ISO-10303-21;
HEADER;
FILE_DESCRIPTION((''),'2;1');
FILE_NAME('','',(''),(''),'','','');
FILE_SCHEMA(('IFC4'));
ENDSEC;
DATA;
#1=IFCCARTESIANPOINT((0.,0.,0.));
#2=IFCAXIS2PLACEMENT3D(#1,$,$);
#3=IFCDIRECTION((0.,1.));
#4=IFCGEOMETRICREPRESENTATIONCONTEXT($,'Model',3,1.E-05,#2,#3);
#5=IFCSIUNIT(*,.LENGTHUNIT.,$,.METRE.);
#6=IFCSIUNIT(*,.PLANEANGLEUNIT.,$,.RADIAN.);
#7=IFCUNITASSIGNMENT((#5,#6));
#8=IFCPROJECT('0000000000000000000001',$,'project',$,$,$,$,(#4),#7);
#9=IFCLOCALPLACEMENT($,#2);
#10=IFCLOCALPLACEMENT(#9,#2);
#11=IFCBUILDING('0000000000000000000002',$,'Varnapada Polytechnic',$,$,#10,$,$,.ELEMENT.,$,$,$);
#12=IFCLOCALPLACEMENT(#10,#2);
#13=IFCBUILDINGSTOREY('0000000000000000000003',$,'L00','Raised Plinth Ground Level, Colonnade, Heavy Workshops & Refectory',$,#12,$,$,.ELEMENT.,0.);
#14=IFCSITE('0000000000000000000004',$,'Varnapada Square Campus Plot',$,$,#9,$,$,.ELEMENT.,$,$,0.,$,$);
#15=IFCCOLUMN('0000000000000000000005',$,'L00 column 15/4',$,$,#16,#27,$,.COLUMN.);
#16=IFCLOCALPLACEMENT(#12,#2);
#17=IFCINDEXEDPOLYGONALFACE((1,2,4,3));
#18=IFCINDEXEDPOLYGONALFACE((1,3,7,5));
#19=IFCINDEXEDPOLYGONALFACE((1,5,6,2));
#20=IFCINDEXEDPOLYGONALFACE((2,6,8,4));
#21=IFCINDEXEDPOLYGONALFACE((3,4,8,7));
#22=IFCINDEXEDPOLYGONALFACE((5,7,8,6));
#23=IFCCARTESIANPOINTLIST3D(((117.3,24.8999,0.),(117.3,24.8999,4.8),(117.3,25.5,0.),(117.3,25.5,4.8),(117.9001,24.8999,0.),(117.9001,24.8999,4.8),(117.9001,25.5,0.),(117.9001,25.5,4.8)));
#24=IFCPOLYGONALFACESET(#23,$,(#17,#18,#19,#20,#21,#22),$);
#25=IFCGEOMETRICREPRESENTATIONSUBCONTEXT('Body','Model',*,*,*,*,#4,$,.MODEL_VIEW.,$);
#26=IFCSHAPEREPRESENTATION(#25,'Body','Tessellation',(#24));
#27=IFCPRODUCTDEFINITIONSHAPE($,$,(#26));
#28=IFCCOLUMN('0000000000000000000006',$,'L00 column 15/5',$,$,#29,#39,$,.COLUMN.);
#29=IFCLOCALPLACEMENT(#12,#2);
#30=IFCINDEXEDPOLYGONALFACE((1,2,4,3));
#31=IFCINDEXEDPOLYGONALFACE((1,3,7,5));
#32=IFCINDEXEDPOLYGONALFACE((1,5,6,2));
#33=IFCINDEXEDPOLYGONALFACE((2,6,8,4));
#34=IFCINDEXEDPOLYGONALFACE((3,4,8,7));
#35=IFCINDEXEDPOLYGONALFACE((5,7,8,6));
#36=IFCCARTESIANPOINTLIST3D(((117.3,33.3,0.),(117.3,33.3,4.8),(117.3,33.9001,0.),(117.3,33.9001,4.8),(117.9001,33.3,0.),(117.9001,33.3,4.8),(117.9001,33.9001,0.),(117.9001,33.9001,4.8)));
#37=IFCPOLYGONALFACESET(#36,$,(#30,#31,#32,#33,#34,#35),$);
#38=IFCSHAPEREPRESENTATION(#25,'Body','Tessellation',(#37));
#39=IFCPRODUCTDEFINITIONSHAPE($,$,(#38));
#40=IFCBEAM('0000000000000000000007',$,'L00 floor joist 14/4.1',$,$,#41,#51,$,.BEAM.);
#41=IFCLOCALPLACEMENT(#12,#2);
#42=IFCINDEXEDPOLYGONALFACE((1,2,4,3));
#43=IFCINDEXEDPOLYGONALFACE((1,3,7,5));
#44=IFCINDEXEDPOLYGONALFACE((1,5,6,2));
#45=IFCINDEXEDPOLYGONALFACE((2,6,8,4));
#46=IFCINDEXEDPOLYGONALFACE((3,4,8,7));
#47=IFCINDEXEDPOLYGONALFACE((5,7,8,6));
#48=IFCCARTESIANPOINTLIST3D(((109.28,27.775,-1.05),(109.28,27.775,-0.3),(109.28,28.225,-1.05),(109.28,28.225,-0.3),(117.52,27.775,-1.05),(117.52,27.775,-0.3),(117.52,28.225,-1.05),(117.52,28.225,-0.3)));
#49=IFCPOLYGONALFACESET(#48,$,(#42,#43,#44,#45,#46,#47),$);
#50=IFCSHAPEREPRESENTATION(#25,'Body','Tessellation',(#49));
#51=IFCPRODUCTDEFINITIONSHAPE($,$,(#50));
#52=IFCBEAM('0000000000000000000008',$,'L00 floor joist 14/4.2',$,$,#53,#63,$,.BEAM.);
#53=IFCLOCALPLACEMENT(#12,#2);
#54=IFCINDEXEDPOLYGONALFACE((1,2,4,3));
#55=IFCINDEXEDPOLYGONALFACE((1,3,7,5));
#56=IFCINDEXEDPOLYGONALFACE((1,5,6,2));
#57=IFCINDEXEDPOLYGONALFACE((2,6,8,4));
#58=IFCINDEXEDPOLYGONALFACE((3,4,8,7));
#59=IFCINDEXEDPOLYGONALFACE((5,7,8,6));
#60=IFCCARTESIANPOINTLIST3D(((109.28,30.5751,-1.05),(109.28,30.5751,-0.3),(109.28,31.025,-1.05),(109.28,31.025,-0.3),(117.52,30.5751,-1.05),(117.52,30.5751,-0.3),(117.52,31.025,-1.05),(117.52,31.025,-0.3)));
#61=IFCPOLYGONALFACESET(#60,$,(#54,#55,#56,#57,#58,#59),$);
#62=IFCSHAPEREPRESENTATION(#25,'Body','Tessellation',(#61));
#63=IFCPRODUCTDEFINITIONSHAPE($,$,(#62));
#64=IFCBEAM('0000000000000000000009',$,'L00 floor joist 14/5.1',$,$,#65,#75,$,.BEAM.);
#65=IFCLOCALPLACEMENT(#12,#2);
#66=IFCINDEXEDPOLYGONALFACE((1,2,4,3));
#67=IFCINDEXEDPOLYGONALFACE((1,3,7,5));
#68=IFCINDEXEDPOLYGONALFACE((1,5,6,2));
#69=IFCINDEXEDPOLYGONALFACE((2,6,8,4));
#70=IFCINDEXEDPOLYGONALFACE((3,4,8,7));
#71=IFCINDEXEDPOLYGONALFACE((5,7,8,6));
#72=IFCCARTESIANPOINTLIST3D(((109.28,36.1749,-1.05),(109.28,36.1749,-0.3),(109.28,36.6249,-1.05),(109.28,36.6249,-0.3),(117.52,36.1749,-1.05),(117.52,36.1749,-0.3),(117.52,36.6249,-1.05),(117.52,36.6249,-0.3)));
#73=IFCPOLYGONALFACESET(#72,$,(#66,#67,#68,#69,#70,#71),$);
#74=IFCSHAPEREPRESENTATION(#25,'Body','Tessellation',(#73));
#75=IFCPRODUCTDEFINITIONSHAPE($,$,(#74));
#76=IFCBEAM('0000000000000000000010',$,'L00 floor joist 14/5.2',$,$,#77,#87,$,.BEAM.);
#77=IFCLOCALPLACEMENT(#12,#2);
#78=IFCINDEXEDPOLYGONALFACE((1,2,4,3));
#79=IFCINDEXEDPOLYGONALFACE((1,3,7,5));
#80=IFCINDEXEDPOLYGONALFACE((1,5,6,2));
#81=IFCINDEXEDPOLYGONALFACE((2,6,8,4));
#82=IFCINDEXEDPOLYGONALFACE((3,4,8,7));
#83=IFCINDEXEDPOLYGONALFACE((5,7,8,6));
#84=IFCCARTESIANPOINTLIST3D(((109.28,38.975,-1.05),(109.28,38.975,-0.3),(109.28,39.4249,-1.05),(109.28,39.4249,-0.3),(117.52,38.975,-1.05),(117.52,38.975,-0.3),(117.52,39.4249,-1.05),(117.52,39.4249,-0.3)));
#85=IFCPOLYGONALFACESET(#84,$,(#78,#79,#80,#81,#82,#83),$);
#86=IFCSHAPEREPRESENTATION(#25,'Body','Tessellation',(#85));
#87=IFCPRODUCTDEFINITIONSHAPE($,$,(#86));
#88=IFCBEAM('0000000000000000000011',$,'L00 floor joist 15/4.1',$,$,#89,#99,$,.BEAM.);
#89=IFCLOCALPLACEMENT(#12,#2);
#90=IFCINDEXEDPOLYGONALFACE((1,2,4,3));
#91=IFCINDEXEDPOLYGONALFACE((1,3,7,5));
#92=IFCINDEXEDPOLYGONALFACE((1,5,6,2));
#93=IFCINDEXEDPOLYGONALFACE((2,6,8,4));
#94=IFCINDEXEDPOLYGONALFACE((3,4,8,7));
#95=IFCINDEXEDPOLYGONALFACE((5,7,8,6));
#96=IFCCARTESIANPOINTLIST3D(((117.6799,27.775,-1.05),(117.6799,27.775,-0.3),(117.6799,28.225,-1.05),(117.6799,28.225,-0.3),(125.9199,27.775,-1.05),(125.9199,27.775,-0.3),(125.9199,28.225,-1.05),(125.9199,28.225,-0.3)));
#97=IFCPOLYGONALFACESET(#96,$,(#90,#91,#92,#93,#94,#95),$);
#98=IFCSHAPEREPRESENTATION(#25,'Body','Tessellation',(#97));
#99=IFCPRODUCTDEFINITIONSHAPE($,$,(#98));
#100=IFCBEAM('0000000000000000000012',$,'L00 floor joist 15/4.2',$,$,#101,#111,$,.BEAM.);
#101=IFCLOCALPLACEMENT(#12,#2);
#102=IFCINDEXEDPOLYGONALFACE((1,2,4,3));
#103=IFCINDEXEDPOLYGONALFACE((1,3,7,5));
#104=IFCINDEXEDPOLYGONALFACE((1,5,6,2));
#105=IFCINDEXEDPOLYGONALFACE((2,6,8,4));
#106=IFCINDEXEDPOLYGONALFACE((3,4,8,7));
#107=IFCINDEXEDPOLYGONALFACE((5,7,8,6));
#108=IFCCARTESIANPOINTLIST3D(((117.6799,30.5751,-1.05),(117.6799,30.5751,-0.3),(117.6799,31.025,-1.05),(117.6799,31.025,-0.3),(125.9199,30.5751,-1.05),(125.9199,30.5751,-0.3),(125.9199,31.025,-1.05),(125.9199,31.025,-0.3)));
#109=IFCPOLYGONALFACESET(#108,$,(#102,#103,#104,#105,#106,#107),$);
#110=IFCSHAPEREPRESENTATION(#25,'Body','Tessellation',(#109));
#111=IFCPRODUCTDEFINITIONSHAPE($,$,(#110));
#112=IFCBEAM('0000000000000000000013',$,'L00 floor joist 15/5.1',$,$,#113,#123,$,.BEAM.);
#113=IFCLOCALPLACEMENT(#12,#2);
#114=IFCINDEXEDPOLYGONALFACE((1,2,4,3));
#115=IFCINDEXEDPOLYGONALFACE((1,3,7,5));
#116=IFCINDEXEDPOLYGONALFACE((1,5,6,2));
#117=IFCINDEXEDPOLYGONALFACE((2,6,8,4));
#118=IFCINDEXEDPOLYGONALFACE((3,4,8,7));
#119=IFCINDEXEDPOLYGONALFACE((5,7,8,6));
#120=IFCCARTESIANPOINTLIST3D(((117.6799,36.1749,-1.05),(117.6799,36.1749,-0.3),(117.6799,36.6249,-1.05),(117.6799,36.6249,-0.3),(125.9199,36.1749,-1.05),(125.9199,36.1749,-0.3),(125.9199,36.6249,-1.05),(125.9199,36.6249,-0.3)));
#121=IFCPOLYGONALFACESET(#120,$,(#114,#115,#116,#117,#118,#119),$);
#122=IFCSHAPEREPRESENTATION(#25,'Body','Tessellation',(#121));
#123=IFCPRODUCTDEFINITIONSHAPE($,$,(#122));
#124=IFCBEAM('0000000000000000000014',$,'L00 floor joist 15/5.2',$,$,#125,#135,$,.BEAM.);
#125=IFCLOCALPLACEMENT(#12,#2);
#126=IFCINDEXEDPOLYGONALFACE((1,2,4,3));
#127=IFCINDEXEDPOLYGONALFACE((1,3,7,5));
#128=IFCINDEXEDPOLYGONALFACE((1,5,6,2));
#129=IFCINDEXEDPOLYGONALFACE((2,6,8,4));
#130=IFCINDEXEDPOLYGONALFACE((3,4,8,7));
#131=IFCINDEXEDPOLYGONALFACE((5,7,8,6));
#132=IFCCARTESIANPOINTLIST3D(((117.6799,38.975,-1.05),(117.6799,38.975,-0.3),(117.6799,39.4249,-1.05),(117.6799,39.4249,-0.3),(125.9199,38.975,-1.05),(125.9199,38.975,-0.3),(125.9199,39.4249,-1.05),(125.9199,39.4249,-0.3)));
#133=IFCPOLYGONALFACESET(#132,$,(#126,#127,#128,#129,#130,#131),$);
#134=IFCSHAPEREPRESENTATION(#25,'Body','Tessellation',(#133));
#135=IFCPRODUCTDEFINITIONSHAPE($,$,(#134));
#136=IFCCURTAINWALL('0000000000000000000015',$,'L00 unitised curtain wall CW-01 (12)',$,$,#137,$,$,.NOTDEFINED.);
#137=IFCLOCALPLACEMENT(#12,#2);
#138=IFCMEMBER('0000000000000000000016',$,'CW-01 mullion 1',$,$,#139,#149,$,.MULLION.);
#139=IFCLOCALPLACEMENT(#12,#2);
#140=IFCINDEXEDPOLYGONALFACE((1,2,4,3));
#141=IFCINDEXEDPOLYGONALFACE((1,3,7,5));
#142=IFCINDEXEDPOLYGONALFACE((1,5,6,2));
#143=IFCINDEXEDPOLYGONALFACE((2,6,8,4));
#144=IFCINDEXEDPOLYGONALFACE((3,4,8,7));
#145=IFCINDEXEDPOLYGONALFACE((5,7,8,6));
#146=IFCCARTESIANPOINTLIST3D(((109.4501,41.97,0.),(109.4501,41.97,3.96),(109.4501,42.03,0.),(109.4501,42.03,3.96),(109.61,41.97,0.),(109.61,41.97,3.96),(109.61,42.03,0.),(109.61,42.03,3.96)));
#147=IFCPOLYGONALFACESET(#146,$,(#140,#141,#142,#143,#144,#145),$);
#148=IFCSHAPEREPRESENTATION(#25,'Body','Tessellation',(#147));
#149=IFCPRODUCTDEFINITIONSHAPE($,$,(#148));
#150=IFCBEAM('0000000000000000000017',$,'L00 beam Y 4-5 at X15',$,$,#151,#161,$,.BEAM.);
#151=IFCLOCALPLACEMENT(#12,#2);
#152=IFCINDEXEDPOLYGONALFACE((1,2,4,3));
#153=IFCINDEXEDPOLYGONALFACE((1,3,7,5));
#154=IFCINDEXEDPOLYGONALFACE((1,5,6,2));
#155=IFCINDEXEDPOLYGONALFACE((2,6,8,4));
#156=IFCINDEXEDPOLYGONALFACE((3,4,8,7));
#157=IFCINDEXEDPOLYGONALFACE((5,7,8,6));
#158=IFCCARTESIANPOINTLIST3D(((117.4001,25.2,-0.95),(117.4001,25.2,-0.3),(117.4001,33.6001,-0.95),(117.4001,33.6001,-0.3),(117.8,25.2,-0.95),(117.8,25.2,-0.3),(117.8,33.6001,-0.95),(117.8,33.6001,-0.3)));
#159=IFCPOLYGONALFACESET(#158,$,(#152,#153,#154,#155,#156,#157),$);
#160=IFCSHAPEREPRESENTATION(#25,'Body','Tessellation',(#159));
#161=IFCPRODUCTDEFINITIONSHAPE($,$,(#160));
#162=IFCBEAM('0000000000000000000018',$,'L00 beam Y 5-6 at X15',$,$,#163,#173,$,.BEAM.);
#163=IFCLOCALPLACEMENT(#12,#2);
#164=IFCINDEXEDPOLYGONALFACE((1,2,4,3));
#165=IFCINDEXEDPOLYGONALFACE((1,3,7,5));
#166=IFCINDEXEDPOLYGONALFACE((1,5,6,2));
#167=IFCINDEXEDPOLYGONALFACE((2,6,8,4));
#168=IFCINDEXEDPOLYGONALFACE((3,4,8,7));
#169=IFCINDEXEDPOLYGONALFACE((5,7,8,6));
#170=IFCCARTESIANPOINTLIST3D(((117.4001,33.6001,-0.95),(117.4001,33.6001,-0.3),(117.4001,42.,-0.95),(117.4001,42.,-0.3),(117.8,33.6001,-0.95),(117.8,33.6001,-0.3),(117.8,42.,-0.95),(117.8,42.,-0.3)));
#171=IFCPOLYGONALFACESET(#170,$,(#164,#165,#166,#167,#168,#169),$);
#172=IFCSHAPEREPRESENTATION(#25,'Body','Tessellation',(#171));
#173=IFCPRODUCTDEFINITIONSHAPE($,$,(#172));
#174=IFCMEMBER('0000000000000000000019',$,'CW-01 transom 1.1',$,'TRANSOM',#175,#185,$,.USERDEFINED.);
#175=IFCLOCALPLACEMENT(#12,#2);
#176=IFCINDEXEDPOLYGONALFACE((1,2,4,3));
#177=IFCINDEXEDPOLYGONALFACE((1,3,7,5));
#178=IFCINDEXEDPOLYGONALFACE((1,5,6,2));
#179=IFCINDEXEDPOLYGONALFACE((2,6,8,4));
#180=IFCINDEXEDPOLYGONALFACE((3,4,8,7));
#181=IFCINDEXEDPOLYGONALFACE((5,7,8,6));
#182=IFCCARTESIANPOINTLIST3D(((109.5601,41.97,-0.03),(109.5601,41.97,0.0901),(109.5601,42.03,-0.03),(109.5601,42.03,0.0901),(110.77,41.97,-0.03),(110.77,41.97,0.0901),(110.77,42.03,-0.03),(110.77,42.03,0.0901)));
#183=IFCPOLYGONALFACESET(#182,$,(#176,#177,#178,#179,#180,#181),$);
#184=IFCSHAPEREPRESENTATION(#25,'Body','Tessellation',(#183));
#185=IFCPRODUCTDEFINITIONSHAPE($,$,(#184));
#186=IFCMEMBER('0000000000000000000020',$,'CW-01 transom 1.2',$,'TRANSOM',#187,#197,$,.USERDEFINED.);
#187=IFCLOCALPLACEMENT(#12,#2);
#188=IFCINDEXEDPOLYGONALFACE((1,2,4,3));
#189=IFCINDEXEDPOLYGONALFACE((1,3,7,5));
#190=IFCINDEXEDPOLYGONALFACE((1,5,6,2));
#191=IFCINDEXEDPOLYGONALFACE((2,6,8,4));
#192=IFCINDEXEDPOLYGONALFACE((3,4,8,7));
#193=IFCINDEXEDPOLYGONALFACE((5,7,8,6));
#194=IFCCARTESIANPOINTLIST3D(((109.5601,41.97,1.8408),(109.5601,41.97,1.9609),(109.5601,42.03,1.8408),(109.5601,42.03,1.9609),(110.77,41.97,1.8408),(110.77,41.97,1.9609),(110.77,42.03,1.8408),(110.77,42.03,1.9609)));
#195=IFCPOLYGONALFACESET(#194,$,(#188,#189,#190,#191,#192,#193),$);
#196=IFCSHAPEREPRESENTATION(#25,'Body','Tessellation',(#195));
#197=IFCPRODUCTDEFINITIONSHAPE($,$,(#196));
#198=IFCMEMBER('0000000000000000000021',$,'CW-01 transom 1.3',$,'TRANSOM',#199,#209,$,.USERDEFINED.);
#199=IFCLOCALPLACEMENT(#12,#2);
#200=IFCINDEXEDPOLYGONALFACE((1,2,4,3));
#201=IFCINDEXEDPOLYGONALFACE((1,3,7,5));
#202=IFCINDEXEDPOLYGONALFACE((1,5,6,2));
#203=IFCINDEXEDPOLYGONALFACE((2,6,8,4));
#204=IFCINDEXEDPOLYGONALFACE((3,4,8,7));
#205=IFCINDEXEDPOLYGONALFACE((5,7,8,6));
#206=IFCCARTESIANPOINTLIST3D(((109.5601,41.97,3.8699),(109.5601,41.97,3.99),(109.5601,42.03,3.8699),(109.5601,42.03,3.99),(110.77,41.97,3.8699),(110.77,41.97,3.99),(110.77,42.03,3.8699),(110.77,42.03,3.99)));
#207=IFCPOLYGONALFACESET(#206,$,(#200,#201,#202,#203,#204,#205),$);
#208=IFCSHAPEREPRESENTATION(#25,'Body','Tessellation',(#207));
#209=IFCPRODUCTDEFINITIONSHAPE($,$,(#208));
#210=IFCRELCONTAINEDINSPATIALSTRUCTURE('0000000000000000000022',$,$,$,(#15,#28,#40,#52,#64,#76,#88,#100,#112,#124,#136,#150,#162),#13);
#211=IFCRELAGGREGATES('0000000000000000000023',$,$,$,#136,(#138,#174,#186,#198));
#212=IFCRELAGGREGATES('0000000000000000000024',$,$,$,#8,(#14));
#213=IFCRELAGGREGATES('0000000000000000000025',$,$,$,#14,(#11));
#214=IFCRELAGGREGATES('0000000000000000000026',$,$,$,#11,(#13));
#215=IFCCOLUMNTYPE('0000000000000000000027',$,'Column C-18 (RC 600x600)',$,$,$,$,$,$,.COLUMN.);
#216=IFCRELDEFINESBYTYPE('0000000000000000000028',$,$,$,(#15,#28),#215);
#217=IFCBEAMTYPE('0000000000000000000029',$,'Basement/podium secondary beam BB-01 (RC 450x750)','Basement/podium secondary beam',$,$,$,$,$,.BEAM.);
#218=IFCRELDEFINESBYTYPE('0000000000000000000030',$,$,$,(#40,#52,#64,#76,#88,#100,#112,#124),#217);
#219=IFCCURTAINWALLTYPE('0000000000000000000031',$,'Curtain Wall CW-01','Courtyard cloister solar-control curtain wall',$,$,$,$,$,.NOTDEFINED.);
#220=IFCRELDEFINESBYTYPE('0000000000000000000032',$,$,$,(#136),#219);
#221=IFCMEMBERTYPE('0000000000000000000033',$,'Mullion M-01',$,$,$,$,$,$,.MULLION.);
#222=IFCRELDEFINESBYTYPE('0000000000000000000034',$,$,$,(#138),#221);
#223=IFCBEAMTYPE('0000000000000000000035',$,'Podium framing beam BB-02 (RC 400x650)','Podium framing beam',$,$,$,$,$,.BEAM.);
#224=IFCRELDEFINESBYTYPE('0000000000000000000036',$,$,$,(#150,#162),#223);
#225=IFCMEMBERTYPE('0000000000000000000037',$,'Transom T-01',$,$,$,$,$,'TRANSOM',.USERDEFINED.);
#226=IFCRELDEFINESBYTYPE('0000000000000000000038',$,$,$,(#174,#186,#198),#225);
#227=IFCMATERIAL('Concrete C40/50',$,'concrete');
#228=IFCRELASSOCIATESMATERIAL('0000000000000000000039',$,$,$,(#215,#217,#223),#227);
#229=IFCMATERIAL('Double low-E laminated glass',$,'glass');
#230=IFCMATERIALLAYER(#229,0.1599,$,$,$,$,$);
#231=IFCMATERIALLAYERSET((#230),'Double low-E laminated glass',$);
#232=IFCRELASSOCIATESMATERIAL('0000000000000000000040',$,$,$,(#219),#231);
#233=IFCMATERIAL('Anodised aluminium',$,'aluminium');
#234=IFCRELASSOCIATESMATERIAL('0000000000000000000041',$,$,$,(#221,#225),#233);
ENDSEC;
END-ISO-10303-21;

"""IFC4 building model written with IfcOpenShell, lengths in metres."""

from ifc_helpers import new_model, si_unit, direction, frame, origin, origin_2d, place, context, subcontext, project, spatial, rectangle, extrude, material, layer, layer_set, material_profile, profile_set, type_object, element, aggregate, save


model = new_model("IFC4")

# Units and contexts
model_context = context("Model", 3, precision=1e-05, world=origin(), true_north=direction((0.0, 1.0)))
body_context = subcontext(model_context, "Body", "Model", "MODEL_VIEW")
ifc_project = project(units=[si_unit("LENGTHUNIT", "METRE"), si_unit("PLANEANGLEUNIT", "RADIAN")], contexts=[model_context])

# Site, building, storey
site_placement = place(None, origin())
site = spatial("IfcSite", under=ifc_project, at=site_placement, Name="Varnapada Square Campus Plot", CompositionType="ELEMENT", RefElevation=0.0)
building_placement = place(site_placement, origin())
building = spatial("IfcBuilding", under=site, at=building_placement, Name="Varnapada Polytechnic", CompositionType="ELEMENT")
storey_placement = place(building_placement, origin())
storey = spatial("IfcBuildingStorey", under=building, at=storey_placement, Name="L00", Description="Raised Plinth Ground Level, Colonnade, Heavy Workshops & Refectory", CompositionType="ELEMENT", Elevation=0.0)

# Columns
ifc_material_1 = material(Name="Concrete C40/50", Category="concrete")
ifc_material_profile_1 = material_profile(ifc_material_1, rectangle(XDim=0.6001, YDim=0.6001, at=origin_2d()), Name="RC 600x600")
ifc_profile_set_1 = profile_set([ifc_material_profile_1], Name="Concrete C40/50")
column_type = type_object("IfcColumnType", Name="Column C-18 (RC 600x600)", PredefinedType="COLUMN", material=ifc_profile_set_1)
for number, where, z_axis, x_axis, name in (
    (1, (117.6001, 25.2, 0.0), (0.0, 0.0, 1.0), (1.0, 0.0, 0.0), "L00 column 15/4"),
    (2, (117.6001, 33.6001, 0.0), (0.0, 0.0, 1.0), (1.0, 0.0, 0.0), "L00 column 15/5"),
):
    element("IfcColumn", number, at=place(storey_placement, frame(where, z_axis=z_axis, x_axis=x_axis)), inside=storey, type_object=column_type, Name=name, PredefinedType="COLUMN", context=body_context, shape_type="SweptSolid", body=[
        extrude(rectangle(XDim=0.6001, YDim=0.6001, at=origin_2d()), origin(), (0.0, 0.0, 1.0), 4.8),
    ])

# Beams
ifc_material_profile_2 = material_profile(ifc_material_1, rectangle(XDim=0.45, YDim=0.75, at=origin_2d()), Name="RC 450x750")
ifc_profile_set_2 = profile_set([ifc_material_profile_2], Name="Concrete C40/50")
beam_type_1 = type_object("IfcBeamType", Name="Basement/podium secondary beam BB-01 (RC 450x750)", Description="Basement/podium secondary beam", PredefinedType="BEAM", material=ifc_profile_set_2)
for number, where, z_axis, x_axis, name in (
    (3, (109.28, 28.0, -0.675), (1.0, 0.0, 0.0), (0.0, 1.0, 0.0), "L00 floor joist 14/4.1"),
    (4, (109.28, 30.8, -0.675), (1.0, 0.0, 0.0), (0.0, 1.0, 0.0), "L00 floor joist 14/4.2"),
    (5, (109.28, 36.3999, -0.675), (1.0, 0.0, 0.0), (0.0, 1.0, 0.0), "L00 floor joist 14/5.1"),
    (6, (109.28, 39.2, -0.675), (1.0, 0.0, 0.0), (0.0, 1.0, 0.0), "L00 floor joist 14/5.2"),
    (7, (117.6799, 28.0, -0.675), (1.0, 0.0, 0.0), (0.0, 1.0, 0.0), "L00 floor joist 15/4.1"),
    (8, (117.6799, 30.8, -0.675), (1.0, 0.0, 0.0), (0.0, 1.0, 0.0), "L00 floor joist 15/4.2"),
    (9, (117.6799, 36.3999, -0.675), (1.0, 0.0, 0.0), (0.0, 1.0, 0.0), "L00 floor joist 15/5.1"),
    (10, (117.6799, 39.2, -0.675), (1.0, 0.0, 0.0), (0.0, 1.0, 0.0), "L00 floor joist 15/5.2"),
):
    element("IfcBeam", number, at=place(storey_placement, frame(where, z_axis=z_axis, x_axis=x_axis)), inside=storey, type_object=beam_type_1, Name=name, PredefinedType="BEAM", context=body_context, shape_type="SweptSolid", body=[
        extrude(rectangle(XDim=0.45, YDim=0.75, at=origin_2d()), origin(), (0.0, 0.0, 1.0), 8.24),
    ])

# Curtain wall, member
ifc_material_2 = material(Name="Double low-E laminated glass", Category="glass")
ifc_layer_1 = layer(ifc_material_2, 0.1599)
ifc_layer_set_1 = layer_set([ifc_layer_1], Name="Double low-E laminated glass")
curtain_wall_type = type_object("IfcCurtainWallType", Name="Curtain Wall CW-01", Description="Courtyard cloister solar-control curtain wall", PredefinedType="NOTDEFINED", material=ifc_layer_set_1)
curtain_wall_placement = place(storey_placement, origin())
curtain_wall = element("IfcCurtainWall", 11, at=curtain_wall_placement, inside=storey, type_object=curtain_wall_type, Name="L00 unitised curtain wall CW-01 (12)", PredefinedType="NOTDEFINED")
ifc_material_3 = material(Name="Anodised aluminium", Category="aluminium")
ifc_material_profile_3 = material_profile(ifc_material_3, rectangle(XDim=0.0601, YDim=0.1599, at=origin_2d()), Name="ALU M60x160")
ifc_profile_set_3 = profile_set([ifc_material_profile_3], Name="Anodised aluminium")
member_type_1 = type_object("IfcMemberType", Name="Mullion M-01", PredefinedType="MULLION", material=ifc_profile_set_3)
member_1_placement = place(storey_placement, frame((109.53, 42.0, 0.0), z_axis=(0.0, 0.0, 1.0), x_axis=(0.0, 1.0, 0.0)))
member_1 = element("IfcMember", 12, at=member_1_placement, type_object=member_type_1, Name="CW-01 mullion 1", PredefinedType="MULLION", context=body_context, shape_type="SweptSolid", body=[
    extrude(rectangle(XDim=0.0601, YDim=0.1599, at=origin_2d()), origin(), (0.0, 0.0, 1.0), 3.96),
])

# Beams
ifc_material_profile_4 = material_profile(ifc_material_1, rectangle(XDim=0.3999, YDim=0.6499, at=origin_2d()), Name="RC 400x650")
ifc_profile_set_4 = profile_set([ifc_material_profile_4], Name="Concrete C40/50")
beam_type_2 = type_object("IfcBeamType", Name="Podium framing beam BB-02 (RC 400x650)", Description="Podium framing beam", PredefinedType="BEAM", material=ifc_profile_set_4)
beam_1_placement = place(storey_placement, frame((117.6001, 25.2, -0.625), z_axis=(0.0, 1.0, 0.0), x_axis=(-1.0, 0.0, 0.0)))
element("IfcBeam", 13, at=beam_1_placement, inside=storey, type_object=beam_type_2, Name="L00 beam Y 4-5 at X15", PredefinedType="BEAM", context=body_context, shape_type="SweptSolid", body=[
    extrude(rectangle(XDim=0.3999, YDim=0.6499, at=origin_2d()), origin(), (0.0, 0.0, 1.0), 8.4001),
])
beam_2_placement = place(storey_placement, frame((117.6001, 33.6001, -0.625), z_axis=(0.0, 1.0, 0.0), x_axis=(-1.0, 0.0, 0.0)))
element("IfcBeam", 14, at=beam_2_placement, inside=storey, type_object=beam_type_2, Name="L00 beam Y 5-6 at X15", PredefinedType="BEAM", context=body_context, shape_type="SweptSolid", body=[
    extrude(rectangle(XDim=0.3999, YDim=0.6499, at=origin_2d()), origin(), (0.0, 0.0, 1.0), 8.3999),
])

# Members
ifc_material_profile_5 = material_profile(ifc_material_3, rectangle(XDim=0.0601, YDim=0.1201, at=origin_2d()), Name="ALU T60x120")
ifc_profile_set_5 = profile_set([ifc_material_profile_5], Name="Anodised aluminium")
member_type_2 = type_object("IfcMemberType", Name="Transom T-01", ElementType="TRANSOM", PredefinedType="USERDEFINED", material=ifc_profile_set_5)
member_2_placement = place(storey_placement, frame((109.5601, 42.0, 0.03), z_axis=(1.0, 0.0, 0.0), x_axis=(0.0, 1.0, 0.0)))
member_2 = element("IfcMember", 15, at=member_2_placement, type_object=member_type_2, Name="CW-01 transom 1.1", ObjectType="TRANSOM", PredefinedType="USERDEFINED", context=body_context, shape_type="SweptSolid", body=[
    extrude(rectangle(XDim=0.0601, YDim=0.1201, at=origin_2d()), origin(), (0.0, 0.0, 1.0), 1.21),
])
member_3_placement = place(storey_placement, frame((109.5601, 42.0, 1.9009), z_axis=(1.0, 0.0, 0.0), x_axis=(0.0, 1.0, 0.0)))
member_3 = element("IfcMember", 16, at=member_3_placement, type_object=member_type_2, Name="CW-01 transom 1.2", ObjectType="TRANSOM", PredefinedType="USERDEFINED", context=body_context, shape_type="SweptSolid", body=[
    extrude(rectangle(XDim=0.0601, YDim=0.1201, at=origin_2d()), origin(), (0.0, 0.0, 1.0), 1.21),
])
member_4_placement = place(storey_placement, frame((109.5601, 42.0, 3.9299), z_axis=(1.0, 0.0, 0.0), x_axis=(0.0, 1.0, 0.0)))
member_4 = element("IfcMember", 17, at=member_4_placement, type_object=member_type_2, Name="CW-01 transom 1.3", ObjectType="TRANSOM", PredefinedType="USERDEFINED", context=body_context, shape_type="SweptSolid", body=[
    extrude(rectangle(XDim=0.0601, YDim=0.1201, at=origin_2d()), origin(), (0.0, 0.0, 1.0), 1.21),
])

aggregate(curtain_wall, [member_1, member_2, member_3, member_4])

save(model, "model.ifc")
